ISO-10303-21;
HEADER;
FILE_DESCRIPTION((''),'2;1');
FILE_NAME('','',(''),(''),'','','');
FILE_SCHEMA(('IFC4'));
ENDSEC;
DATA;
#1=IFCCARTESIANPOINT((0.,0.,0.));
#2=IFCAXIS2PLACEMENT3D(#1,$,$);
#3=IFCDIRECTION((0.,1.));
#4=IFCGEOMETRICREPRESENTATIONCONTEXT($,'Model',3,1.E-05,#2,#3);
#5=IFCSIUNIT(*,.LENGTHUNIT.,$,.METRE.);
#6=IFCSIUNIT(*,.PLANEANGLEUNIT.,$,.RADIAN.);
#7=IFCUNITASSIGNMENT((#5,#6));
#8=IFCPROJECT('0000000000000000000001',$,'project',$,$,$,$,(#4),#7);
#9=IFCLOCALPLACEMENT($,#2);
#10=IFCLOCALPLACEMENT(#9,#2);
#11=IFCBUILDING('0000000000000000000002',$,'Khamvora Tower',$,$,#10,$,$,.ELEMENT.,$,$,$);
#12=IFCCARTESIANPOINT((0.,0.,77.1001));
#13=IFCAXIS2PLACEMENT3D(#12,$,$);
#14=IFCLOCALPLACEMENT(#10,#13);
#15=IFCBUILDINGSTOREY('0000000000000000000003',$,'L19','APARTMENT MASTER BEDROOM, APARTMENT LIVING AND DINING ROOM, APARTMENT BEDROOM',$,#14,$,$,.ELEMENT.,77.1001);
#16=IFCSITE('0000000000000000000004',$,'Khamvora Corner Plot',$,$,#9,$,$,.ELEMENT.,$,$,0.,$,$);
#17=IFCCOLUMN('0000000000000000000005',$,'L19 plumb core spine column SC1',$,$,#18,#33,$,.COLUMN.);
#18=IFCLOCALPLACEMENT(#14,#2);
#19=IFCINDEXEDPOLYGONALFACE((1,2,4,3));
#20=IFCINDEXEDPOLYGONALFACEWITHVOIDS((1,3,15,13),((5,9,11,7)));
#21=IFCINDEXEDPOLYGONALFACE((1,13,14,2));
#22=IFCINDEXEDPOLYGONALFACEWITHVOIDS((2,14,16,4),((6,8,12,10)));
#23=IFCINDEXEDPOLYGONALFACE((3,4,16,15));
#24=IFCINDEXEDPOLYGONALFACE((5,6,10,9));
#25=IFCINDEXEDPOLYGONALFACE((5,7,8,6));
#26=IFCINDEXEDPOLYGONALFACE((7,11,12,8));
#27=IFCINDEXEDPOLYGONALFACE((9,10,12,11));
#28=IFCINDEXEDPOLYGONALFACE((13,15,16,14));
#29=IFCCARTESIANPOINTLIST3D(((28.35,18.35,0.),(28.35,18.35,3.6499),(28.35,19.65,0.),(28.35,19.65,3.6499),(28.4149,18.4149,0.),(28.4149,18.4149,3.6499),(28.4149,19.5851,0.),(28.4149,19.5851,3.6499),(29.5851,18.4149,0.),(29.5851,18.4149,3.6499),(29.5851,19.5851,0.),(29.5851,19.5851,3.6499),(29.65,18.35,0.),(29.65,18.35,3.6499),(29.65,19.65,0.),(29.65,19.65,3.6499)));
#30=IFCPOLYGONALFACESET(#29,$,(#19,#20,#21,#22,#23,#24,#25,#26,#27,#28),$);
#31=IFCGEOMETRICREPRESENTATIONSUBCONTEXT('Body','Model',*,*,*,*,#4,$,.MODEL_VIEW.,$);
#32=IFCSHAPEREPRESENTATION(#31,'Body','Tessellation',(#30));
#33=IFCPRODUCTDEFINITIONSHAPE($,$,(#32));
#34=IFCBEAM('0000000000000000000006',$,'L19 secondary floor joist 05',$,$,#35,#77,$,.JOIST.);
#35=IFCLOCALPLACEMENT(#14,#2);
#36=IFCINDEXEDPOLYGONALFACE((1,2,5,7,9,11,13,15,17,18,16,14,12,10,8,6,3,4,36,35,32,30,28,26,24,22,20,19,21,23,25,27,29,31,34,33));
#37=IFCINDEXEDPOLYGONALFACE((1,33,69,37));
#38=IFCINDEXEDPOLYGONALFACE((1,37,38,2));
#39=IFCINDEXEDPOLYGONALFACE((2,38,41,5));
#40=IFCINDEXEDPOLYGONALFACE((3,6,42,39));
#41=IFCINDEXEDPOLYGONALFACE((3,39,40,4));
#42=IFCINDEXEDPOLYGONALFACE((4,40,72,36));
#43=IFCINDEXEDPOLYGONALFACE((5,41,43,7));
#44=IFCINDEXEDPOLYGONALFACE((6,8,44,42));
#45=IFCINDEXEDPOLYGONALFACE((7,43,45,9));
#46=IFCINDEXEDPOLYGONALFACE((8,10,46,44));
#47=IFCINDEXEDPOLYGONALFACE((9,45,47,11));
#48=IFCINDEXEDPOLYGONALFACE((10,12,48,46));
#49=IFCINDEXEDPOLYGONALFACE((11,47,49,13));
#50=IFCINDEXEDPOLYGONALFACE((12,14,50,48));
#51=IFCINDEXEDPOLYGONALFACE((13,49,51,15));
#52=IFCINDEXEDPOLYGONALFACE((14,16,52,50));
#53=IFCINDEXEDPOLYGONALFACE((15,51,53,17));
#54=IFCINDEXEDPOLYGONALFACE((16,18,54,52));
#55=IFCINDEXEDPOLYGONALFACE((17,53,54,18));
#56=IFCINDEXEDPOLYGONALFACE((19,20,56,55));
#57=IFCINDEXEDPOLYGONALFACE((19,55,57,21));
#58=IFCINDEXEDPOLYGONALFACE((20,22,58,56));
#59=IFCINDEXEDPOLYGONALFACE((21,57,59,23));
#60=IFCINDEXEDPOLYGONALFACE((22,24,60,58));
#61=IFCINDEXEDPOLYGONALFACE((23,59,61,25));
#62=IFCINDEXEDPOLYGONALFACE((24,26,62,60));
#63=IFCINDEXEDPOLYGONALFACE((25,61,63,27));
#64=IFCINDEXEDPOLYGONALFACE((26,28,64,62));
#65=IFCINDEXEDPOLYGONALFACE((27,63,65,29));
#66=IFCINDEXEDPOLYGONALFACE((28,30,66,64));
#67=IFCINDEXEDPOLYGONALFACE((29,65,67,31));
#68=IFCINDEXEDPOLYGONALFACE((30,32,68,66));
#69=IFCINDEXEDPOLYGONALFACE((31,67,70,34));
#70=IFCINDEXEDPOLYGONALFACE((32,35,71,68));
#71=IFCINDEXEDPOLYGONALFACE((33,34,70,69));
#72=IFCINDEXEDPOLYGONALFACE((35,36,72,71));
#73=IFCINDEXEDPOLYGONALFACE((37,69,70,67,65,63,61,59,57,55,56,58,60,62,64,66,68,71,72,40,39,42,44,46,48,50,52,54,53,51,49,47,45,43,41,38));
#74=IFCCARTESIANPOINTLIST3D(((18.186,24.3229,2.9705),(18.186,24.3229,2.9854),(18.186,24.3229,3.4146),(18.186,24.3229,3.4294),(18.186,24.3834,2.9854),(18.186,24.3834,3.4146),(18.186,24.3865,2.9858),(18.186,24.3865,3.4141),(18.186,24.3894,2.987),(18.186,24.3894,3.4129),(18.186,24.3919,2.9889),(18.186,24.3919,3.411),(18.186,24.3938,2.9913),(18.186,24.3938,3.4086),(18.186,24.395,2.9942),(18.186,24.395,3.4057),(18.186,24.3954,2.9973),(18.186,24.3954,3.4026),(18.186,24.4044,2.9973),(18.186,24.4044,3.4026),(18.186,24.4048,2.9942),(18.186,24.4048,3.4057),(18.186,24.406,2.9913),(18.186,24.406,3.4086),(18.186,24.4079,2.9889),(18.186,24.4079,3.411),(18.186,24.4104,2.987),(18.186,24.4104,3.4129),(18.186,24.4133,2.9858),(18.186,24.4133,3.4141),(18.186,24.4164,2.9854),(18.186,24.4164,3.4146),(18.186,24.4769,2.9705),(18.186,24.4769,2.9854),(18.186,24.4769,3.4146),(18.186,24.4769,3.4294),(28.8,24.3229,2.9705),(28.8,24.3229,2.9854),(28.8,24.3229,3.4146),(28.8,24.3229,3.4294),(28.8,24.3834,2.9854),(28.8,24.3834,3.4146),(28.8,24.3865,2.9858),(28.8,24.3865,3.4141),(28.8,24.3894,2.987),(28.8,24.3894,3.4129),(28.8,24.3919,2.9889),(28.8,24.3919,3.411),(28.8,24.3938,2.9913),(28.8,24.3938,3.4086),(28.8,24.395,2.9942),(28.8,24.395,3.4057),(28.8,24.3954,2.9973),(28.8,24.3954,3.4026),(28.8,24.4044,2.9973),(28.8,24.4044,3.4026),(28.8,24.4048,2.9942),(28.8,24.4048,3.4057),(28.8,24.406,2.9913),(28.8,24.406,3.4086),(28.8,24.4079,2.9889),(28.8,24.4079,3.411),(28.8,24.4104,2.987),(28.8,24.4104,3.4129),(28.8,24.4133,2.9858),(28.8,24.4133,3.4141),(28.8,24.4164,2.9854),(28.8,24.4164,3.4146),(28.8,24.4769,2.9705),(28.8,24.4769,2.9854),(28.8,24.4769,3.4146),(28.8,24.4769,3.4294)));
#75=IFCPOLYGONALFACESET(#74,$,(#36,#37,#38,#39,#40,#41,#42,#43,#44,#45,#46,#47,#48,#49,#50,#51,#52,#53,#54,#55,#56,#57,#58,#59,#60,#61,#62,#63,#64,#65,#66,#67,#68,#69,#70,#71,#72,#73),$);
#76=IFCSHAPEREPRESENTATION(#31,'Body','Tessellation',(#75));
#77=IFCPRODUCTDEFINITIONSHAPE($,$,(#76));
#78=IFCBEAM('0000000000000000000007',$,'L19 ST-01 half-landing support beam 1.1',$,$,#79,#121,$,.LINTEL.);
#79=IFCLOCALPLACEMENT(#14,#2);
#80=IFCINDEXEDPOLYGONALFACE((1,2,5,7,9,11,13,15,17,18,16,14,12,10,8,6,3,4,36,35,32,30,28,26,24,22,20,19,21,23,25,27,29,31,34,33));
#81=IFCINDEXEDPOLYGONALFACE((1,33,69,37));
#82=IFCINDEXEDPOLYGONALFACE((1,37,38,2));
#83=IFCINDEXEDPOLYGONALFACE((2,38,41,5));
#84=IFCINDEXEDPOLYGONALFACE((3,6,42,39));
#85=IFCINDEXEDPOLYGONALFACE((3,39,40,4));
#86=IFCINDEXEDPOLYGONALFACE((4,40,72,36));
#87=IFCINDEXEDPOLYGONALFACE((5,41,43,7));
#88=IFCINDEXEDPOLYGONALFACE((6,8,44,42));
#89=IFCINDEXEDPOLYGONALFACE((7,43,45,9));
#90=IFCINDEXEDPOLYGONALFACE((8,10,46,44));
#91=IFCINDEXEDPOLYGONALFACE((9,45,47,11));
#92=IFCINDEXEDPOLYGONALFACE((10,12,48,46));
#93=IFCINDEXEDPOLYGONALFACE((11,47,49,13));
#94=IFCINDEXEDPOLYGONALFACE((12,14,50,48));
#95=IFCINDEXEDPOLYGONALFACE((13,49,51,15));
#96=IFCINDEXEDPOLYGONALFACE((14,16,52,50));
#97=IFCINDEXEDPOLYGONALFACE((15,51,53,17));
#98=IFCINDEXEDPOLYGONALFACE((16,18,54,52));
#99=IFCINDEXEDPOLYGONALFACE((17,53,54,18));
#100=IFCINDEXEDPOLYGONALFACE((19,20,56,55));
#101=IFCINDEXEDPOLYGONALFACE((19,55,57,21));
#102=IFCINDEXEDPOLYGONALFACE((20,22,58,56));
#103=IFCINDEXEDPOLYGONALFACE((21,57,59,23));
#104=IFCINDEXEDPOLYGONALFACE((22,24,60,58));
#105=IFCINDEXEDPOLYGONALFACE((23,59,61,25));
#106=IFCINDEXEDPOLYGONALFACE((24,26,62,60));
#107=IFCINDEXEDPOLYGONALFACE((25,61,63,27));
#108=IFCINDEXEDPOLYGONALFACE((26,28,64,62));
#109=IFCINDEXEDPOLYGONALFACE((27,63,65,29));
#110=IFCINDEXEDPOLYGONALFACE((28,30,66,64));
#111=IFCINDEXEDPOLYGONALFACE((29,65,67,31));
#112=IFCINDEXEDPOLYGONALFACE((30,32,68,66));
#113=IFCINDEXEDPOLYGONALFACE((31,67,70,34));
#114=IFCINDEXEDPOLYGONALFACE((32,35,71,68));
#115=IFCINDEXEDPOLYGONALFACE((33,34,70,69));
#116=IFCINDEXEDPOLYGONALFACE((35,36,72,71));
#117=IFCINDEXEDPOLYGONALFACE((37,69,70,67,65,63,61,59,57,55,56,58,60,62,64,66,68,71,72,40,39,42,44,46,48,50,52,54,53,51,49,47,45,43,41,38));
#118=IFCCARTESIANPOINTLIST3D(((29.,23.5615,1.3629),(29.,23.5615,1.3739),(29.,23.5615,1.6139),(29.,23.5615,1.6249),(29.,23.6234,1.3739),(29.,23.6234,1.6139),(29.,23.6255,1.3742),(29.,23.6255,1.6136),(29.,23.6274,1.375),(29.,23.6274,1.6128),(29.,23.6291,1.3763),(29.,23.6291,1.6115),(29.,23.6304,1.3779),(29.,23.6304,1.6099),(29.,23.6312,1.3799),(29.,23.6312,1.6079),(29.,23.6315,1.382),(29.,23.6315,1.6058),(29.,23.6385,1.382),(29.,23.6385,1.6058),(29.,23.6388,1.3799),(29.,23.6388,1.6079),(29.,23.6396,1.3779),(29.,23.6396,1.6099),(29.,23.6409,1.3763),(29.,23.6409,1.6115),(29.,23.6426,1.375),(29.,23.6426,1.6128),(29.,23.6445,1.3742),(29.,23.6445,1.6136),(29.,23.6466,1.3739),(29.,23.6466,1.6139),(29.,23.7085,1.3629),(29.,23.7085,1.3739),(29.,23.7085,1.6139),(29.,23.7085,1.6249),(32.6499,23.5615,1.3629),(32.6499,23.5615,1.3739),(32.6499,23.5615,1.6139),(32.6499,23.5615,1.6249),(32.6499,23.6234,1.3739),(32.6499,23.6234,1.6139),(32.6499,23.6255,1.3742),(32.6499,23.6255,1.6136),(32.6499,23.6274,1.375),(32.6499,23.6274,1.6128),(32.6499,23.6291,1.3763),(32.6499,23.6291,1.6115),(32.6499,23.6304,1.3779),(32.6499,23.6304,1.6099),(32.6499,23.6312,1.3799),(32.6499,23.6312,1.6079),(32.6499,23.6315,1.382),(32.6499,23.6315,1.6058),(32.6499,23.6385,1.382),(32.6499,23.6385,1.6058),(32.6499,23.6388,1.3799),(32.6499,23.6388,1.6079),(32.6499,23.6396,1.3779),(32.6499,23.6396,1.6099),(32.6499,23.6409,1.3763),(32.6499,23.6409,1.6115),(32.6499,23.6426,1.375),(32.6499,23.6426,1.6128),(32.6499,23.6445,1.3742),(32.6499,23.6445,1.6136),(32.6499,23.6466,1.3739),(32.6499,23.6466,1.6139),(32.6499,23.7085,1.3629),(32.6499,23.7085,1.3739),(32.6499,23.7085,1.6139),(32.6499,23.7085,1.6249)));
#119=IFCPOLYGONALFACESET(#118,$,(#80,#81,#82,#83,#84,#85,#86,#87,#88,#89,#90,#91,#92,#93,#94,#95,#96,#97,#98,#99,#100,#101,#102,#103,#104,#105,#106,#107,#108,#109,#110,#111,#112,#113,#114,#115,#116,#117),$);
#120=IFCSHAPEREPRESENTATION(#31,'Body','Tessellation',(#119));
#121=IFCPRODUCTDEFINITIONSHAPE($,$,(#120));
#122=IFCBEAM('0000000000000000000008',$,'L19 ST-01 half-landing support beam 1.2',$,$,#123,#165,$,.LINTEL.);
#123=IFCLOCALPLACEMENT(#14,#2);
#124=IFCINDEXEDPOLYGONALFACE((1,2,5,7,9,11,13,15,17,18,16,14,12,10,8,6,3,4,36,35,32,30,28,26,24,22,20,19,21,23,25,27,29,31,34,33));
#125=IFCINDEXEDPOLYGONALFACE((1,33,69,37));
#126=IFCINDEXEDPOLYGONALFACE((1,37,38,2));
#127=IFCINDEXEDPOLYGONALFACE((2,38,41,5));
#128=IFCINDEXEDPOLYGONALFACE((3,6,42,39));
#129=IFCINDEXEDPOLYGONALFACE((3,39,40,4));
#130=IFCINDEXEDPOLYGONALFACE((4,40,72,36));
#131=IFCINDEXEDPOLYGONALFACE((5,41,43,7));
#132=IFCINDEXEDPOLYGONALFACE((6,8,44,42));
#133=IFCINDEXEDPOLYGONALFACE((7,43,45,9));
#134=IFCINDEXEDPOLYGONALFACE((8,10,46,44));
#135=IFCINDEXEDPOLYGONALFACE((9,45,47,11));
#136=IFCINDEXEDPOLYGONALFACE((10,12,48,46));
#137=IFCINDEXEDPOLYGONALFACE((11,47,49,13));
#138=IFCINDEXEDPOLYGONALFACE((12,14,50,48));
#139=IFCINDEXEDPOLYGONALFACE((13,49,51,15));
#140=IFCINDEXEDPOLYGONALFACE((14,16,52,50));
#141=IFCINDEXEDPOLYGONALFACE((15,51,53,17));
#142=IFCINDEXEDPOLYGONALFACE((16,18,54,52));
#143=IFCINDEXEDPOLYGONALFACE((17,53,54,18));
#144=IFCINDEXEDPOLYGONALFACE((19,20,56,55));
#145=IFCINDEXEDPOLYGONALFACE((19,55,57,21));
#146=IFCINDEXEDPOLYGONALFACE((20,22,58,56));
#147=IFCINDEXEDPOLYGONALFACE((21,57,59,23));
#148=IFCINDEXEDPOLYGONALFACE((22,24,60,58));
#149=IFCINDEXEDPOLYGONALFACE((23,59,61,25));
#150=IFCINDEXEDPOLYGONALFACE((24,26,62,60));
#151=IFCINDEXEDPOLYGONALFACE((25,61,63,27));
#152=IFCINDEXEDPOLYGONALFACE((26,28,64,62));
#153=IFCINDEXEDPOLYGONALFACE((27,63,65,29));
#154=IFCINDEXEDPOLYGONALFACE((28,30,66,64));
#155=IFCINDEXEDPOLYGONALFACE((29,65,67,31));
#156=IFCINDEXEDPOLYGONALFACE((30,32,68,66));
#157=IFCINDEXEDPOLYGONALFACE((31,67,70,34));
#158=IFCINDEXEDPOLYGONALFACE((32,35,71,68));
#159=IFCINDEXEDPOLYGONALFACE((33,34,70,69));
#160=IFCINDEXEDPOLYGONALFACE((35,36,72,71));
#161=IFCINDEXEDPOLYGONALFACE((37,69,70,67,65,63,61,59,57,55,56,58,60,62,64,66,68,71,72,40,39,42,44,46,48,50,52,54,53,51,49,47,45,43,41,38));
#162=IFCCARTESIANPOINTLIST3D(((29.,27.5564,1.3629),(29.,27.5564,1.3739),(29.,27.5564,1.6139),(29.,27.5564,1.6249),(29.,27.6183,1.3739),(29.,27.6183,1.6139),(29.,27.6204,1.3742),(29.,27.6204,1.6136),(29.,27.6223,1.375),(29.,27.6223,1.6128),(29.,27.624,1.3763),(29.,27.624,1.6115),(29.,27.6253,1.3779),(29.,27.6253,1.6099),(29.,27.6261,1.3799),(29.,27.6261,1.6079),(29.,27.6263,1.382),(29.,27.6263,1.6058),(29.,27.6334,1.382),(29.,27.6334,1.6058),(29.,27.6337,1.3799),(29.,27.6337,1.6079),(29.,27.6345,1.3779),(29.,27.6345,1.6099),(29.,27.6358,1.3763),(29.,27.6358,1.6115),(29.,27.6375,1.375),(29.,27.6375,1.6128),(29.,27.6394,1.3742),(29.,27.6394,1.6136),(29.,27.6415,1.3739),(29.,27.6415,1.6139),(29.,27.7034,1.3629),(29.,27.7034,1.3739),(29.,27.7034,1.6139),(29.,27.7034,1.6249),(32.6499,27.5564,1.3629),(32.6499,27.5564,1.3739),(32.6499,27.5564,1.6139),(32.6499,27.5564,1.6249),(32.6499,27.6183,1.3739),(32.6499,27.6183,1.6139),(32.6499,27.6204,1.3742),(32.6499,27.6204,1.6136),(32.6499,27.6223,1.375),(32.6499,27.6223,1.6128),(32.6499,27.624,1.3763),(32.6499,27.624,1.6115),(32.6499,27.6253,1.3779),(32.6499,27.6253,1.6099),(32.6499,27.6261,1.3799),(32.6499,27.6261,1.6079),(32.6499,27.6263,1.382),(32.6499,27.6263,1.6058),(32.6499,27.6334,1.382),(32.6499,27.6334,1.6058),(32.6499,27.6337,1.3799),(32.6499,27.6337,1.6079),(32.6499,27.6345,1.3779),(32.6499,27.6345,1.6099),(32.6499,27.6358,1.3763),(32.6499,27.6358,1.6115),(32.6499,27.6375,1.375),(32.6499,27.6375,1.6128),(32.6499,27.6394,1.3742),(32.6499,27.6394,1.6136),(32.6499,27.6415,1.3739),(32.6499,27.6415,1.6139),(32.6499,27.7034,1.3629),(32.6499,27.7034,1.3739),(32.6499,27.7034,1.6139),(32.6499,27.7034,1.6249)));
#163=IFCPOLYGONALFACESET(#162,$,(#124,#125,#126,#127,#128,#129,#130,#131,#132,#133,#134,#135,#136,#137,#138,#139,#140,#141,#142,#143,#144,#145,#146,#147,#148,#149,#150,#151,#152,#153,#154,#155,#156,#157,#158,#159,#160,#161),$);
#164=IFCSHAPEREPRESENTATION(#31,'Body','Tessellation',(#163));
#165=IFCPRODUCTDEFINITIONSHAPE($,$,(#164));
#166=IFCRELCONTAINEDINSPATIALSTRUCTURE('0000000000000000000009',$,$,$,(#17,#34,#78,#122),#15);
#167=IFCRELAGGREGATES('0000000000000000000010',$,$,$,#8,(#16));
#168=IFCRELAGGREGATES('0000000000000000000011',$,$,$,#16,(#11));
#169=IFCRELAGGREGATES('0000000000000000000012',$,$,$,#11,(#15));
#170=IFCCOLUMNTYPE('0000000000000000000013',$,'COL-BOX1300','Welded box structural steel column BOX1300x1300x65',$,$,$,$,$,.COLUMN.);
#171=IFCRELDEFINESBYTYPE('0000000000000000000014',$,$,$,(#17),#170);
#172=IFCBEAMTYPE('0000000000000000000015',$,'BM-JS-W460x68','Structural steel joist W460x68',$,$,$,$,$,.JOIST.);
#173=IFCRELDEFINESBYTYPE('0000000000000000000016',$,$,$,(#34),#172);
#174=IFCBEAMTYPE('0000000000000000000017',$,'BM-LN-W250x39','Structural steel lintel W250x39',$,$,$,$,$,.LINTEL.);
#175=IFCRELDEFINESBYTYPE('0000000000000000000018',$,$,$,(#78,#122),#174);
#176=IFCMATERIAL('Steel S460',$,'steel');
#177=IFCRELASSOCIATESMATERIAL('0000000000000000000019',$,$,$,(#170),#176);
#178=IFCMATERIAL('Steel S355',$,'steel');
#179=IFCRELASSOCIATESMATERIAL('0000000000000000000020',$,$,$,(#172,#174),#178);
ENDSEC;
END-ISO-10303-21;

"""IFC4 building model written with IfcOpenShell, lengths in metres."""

from ifc_helpers import new_model, si_unit, direction, frame, origin, origin_2d, place, context, subcontext, project, spatial, hollow_rectangle, i_section, extrude, material, material_profile, profile_set, type_object, element, save


model = new_model("IFC4")

# Units and contexts
model_context = context("Model", 3, precision=1e-05, world=origin(), true_north=direction((0.0, 1.0)))
body_context = subcontext(model_context, "Body", "Model", "MODEL_VIEW")
ifc_project = project(units=[si_unit("LENGTHUNIT", "METRE"), si_unit("PLANEANGLEUNIT", "RADIAN")], contexts=[model_context])

# Site, building, storey
site_placement = place(None, origin())
site = spatial("IfcSite", under=ifc_project, at=site_placement, Name="Khamvora Corner Plot", CompositionType="ELEMENT", RefElevation=0.0)
building_placement = place(site_placement, origin())
building = spatial("IfcBuilding", under=site, at=building_placement, Name="Khamvora Tower", CompositionType="ELEMENT")
storey_placement = place(building_placement, frame((0.0, 0.0, 77.1001)))
storey = spatial("IfcBuildingStorey", under=building, at=storey_placement, Name="L19", Description="APARTMENT MASTER BEDROOM, APARTMENT LIVING AND DINING ROOM, APARTMENT BEDROOM", CompositionType="ELEMENT", Elevation=77.1001)

# Column
ifc_material_1 = material(Name="Steel S460", Category="steel")
ifc_material_profile_1 = material_profile(ifc_material_1, hollow_rectangle(XDim=1.3, YDim=1.3, WallThickness=0.0649, at=origin_2d()), Name="BOX1300x1300x65")
ifc_profile_set_1 = profile_set([ifc_material_profile_1], Name="Steel S460")
column_type = type_object("IfcColumnType", Name="COL-BOX1300", Description="Welded box structural steel column BOX1300x1300x65", PredefinedType="COLUMN", material=ifc_profile_set_1)
column_placement = place(storey_placement, frame((29.0, 19.0, 0.0), z_axis=(0.0, 0.0, 1.0), x_axis=(1.0, 0.0, 0.0)))
element("IfcColumn", 1, at=column_placement, inside=storey, type_object=column_type, Name="L19 plumb core spine column SC1", PredefinedType="COLUMN", context=body_context, shape_type="SweptSolid", body=[
    extrude(hollow_rectangle(XDim=1.3, YDim=1.3, WallThickness=0.0649, at=origin_2d()), origin(), (0.0, 0.0, 1.0), 3.6499),
])

# Beams
ifc_material_2 = material(Name="Steel S355", Category="steel")
ifc_material_profile_2 = material_profile(ifc_material_2, i_section(OverallWidth=0.1541, OverallDepth=0.459, WebThickness=0.009, FlangeThickness=0.0149, FilletRadius=0.012, at=origin_2d()), Name="W460x68")
ifc_profile_set_2 = profile_set([ifc_material_profile_2], Name="Steel S355")
beam_type_1 = type_object("IfcBeamType", Name="BM-JS-W460x68", Description="Structural steel joist W460x68", PredefinedType="JOIST", material=ifc_profile_set_2)
beam_1_placement = place(storey_placement, frame((18.186, 24.3999, 3.2), z_axis=(1.0, 0.0, 0.0), x_axis=(0.0, 1.0, 0.0)))
element("IfcBeam", 2, at=beam_1_placement, inside=storey, type_object=beam_type_1, Name="L19 secondary floor joist 05", PredefinedType="JOIST", context=body_context, shape_type="SweptSolid", body=[
    extrude(i_section(OverallWidth=0.1541, OverallDepth=0.459, WebThickness=0.009, FlangeThickness=0.0149, FilletRadius=0.012, at=origin_2d()), origin(), (0.0, 0.0, 1.0), 10.614),
])
ifc_material_profile_3 = material_profile(ifc_material_2, i_section(OverallWidth=0.147, OverallDepth=0.262, WebThickness=0.0071, FlangeThickness=0.011, FilletRadius=0.0081, at=origin_2d()), Name="W250x39")
ifc_profile_set_3 = profile_set([ifc_material_profile_3], Name="Steel S355")
beam_type_2 = type_object("IfcBeamType", Name="BM-LN-W250x39", Description="Structural steel lintel W250x39", PredefinedType="LINTEL", material=ifc_profile_set_3)
for number, where, z_axis, x_axis, name in (
    (3, (29.0, 23.635, 1.4939), (1.0, 0.0, 0.0), (0.0, 1.0, 0.0), "L19 ST-01 half-landing support beam 1.1"),
    (4, (29.0, 27.6299, 1.4939), (1.0, 0.0, 0.0), (0.0, 1.0, 0.0), "L19 ST-01 half-landing support beam 1.2"),
):
    element("IfcBeam", number, at=place(storey_placement, frame(where, z_axis=z_axis, x_axis=x_axis)), inside=storey, type_object=beam_type_2, Name=name, PredefinedType="LINTEL", context=body_context, shape_type="SweptSolid", body=[
        extrude(i_section(OverallWidth=0.147, OverallDepth=0.262, WebThickness=0.0071, FlangeThickness=0.011, FilletRadius=0.0081, at=origin_2d()), origin(), (0.0, 0.0, 1.0), 3.6499),
    ])

save(model, "model.ifc")
